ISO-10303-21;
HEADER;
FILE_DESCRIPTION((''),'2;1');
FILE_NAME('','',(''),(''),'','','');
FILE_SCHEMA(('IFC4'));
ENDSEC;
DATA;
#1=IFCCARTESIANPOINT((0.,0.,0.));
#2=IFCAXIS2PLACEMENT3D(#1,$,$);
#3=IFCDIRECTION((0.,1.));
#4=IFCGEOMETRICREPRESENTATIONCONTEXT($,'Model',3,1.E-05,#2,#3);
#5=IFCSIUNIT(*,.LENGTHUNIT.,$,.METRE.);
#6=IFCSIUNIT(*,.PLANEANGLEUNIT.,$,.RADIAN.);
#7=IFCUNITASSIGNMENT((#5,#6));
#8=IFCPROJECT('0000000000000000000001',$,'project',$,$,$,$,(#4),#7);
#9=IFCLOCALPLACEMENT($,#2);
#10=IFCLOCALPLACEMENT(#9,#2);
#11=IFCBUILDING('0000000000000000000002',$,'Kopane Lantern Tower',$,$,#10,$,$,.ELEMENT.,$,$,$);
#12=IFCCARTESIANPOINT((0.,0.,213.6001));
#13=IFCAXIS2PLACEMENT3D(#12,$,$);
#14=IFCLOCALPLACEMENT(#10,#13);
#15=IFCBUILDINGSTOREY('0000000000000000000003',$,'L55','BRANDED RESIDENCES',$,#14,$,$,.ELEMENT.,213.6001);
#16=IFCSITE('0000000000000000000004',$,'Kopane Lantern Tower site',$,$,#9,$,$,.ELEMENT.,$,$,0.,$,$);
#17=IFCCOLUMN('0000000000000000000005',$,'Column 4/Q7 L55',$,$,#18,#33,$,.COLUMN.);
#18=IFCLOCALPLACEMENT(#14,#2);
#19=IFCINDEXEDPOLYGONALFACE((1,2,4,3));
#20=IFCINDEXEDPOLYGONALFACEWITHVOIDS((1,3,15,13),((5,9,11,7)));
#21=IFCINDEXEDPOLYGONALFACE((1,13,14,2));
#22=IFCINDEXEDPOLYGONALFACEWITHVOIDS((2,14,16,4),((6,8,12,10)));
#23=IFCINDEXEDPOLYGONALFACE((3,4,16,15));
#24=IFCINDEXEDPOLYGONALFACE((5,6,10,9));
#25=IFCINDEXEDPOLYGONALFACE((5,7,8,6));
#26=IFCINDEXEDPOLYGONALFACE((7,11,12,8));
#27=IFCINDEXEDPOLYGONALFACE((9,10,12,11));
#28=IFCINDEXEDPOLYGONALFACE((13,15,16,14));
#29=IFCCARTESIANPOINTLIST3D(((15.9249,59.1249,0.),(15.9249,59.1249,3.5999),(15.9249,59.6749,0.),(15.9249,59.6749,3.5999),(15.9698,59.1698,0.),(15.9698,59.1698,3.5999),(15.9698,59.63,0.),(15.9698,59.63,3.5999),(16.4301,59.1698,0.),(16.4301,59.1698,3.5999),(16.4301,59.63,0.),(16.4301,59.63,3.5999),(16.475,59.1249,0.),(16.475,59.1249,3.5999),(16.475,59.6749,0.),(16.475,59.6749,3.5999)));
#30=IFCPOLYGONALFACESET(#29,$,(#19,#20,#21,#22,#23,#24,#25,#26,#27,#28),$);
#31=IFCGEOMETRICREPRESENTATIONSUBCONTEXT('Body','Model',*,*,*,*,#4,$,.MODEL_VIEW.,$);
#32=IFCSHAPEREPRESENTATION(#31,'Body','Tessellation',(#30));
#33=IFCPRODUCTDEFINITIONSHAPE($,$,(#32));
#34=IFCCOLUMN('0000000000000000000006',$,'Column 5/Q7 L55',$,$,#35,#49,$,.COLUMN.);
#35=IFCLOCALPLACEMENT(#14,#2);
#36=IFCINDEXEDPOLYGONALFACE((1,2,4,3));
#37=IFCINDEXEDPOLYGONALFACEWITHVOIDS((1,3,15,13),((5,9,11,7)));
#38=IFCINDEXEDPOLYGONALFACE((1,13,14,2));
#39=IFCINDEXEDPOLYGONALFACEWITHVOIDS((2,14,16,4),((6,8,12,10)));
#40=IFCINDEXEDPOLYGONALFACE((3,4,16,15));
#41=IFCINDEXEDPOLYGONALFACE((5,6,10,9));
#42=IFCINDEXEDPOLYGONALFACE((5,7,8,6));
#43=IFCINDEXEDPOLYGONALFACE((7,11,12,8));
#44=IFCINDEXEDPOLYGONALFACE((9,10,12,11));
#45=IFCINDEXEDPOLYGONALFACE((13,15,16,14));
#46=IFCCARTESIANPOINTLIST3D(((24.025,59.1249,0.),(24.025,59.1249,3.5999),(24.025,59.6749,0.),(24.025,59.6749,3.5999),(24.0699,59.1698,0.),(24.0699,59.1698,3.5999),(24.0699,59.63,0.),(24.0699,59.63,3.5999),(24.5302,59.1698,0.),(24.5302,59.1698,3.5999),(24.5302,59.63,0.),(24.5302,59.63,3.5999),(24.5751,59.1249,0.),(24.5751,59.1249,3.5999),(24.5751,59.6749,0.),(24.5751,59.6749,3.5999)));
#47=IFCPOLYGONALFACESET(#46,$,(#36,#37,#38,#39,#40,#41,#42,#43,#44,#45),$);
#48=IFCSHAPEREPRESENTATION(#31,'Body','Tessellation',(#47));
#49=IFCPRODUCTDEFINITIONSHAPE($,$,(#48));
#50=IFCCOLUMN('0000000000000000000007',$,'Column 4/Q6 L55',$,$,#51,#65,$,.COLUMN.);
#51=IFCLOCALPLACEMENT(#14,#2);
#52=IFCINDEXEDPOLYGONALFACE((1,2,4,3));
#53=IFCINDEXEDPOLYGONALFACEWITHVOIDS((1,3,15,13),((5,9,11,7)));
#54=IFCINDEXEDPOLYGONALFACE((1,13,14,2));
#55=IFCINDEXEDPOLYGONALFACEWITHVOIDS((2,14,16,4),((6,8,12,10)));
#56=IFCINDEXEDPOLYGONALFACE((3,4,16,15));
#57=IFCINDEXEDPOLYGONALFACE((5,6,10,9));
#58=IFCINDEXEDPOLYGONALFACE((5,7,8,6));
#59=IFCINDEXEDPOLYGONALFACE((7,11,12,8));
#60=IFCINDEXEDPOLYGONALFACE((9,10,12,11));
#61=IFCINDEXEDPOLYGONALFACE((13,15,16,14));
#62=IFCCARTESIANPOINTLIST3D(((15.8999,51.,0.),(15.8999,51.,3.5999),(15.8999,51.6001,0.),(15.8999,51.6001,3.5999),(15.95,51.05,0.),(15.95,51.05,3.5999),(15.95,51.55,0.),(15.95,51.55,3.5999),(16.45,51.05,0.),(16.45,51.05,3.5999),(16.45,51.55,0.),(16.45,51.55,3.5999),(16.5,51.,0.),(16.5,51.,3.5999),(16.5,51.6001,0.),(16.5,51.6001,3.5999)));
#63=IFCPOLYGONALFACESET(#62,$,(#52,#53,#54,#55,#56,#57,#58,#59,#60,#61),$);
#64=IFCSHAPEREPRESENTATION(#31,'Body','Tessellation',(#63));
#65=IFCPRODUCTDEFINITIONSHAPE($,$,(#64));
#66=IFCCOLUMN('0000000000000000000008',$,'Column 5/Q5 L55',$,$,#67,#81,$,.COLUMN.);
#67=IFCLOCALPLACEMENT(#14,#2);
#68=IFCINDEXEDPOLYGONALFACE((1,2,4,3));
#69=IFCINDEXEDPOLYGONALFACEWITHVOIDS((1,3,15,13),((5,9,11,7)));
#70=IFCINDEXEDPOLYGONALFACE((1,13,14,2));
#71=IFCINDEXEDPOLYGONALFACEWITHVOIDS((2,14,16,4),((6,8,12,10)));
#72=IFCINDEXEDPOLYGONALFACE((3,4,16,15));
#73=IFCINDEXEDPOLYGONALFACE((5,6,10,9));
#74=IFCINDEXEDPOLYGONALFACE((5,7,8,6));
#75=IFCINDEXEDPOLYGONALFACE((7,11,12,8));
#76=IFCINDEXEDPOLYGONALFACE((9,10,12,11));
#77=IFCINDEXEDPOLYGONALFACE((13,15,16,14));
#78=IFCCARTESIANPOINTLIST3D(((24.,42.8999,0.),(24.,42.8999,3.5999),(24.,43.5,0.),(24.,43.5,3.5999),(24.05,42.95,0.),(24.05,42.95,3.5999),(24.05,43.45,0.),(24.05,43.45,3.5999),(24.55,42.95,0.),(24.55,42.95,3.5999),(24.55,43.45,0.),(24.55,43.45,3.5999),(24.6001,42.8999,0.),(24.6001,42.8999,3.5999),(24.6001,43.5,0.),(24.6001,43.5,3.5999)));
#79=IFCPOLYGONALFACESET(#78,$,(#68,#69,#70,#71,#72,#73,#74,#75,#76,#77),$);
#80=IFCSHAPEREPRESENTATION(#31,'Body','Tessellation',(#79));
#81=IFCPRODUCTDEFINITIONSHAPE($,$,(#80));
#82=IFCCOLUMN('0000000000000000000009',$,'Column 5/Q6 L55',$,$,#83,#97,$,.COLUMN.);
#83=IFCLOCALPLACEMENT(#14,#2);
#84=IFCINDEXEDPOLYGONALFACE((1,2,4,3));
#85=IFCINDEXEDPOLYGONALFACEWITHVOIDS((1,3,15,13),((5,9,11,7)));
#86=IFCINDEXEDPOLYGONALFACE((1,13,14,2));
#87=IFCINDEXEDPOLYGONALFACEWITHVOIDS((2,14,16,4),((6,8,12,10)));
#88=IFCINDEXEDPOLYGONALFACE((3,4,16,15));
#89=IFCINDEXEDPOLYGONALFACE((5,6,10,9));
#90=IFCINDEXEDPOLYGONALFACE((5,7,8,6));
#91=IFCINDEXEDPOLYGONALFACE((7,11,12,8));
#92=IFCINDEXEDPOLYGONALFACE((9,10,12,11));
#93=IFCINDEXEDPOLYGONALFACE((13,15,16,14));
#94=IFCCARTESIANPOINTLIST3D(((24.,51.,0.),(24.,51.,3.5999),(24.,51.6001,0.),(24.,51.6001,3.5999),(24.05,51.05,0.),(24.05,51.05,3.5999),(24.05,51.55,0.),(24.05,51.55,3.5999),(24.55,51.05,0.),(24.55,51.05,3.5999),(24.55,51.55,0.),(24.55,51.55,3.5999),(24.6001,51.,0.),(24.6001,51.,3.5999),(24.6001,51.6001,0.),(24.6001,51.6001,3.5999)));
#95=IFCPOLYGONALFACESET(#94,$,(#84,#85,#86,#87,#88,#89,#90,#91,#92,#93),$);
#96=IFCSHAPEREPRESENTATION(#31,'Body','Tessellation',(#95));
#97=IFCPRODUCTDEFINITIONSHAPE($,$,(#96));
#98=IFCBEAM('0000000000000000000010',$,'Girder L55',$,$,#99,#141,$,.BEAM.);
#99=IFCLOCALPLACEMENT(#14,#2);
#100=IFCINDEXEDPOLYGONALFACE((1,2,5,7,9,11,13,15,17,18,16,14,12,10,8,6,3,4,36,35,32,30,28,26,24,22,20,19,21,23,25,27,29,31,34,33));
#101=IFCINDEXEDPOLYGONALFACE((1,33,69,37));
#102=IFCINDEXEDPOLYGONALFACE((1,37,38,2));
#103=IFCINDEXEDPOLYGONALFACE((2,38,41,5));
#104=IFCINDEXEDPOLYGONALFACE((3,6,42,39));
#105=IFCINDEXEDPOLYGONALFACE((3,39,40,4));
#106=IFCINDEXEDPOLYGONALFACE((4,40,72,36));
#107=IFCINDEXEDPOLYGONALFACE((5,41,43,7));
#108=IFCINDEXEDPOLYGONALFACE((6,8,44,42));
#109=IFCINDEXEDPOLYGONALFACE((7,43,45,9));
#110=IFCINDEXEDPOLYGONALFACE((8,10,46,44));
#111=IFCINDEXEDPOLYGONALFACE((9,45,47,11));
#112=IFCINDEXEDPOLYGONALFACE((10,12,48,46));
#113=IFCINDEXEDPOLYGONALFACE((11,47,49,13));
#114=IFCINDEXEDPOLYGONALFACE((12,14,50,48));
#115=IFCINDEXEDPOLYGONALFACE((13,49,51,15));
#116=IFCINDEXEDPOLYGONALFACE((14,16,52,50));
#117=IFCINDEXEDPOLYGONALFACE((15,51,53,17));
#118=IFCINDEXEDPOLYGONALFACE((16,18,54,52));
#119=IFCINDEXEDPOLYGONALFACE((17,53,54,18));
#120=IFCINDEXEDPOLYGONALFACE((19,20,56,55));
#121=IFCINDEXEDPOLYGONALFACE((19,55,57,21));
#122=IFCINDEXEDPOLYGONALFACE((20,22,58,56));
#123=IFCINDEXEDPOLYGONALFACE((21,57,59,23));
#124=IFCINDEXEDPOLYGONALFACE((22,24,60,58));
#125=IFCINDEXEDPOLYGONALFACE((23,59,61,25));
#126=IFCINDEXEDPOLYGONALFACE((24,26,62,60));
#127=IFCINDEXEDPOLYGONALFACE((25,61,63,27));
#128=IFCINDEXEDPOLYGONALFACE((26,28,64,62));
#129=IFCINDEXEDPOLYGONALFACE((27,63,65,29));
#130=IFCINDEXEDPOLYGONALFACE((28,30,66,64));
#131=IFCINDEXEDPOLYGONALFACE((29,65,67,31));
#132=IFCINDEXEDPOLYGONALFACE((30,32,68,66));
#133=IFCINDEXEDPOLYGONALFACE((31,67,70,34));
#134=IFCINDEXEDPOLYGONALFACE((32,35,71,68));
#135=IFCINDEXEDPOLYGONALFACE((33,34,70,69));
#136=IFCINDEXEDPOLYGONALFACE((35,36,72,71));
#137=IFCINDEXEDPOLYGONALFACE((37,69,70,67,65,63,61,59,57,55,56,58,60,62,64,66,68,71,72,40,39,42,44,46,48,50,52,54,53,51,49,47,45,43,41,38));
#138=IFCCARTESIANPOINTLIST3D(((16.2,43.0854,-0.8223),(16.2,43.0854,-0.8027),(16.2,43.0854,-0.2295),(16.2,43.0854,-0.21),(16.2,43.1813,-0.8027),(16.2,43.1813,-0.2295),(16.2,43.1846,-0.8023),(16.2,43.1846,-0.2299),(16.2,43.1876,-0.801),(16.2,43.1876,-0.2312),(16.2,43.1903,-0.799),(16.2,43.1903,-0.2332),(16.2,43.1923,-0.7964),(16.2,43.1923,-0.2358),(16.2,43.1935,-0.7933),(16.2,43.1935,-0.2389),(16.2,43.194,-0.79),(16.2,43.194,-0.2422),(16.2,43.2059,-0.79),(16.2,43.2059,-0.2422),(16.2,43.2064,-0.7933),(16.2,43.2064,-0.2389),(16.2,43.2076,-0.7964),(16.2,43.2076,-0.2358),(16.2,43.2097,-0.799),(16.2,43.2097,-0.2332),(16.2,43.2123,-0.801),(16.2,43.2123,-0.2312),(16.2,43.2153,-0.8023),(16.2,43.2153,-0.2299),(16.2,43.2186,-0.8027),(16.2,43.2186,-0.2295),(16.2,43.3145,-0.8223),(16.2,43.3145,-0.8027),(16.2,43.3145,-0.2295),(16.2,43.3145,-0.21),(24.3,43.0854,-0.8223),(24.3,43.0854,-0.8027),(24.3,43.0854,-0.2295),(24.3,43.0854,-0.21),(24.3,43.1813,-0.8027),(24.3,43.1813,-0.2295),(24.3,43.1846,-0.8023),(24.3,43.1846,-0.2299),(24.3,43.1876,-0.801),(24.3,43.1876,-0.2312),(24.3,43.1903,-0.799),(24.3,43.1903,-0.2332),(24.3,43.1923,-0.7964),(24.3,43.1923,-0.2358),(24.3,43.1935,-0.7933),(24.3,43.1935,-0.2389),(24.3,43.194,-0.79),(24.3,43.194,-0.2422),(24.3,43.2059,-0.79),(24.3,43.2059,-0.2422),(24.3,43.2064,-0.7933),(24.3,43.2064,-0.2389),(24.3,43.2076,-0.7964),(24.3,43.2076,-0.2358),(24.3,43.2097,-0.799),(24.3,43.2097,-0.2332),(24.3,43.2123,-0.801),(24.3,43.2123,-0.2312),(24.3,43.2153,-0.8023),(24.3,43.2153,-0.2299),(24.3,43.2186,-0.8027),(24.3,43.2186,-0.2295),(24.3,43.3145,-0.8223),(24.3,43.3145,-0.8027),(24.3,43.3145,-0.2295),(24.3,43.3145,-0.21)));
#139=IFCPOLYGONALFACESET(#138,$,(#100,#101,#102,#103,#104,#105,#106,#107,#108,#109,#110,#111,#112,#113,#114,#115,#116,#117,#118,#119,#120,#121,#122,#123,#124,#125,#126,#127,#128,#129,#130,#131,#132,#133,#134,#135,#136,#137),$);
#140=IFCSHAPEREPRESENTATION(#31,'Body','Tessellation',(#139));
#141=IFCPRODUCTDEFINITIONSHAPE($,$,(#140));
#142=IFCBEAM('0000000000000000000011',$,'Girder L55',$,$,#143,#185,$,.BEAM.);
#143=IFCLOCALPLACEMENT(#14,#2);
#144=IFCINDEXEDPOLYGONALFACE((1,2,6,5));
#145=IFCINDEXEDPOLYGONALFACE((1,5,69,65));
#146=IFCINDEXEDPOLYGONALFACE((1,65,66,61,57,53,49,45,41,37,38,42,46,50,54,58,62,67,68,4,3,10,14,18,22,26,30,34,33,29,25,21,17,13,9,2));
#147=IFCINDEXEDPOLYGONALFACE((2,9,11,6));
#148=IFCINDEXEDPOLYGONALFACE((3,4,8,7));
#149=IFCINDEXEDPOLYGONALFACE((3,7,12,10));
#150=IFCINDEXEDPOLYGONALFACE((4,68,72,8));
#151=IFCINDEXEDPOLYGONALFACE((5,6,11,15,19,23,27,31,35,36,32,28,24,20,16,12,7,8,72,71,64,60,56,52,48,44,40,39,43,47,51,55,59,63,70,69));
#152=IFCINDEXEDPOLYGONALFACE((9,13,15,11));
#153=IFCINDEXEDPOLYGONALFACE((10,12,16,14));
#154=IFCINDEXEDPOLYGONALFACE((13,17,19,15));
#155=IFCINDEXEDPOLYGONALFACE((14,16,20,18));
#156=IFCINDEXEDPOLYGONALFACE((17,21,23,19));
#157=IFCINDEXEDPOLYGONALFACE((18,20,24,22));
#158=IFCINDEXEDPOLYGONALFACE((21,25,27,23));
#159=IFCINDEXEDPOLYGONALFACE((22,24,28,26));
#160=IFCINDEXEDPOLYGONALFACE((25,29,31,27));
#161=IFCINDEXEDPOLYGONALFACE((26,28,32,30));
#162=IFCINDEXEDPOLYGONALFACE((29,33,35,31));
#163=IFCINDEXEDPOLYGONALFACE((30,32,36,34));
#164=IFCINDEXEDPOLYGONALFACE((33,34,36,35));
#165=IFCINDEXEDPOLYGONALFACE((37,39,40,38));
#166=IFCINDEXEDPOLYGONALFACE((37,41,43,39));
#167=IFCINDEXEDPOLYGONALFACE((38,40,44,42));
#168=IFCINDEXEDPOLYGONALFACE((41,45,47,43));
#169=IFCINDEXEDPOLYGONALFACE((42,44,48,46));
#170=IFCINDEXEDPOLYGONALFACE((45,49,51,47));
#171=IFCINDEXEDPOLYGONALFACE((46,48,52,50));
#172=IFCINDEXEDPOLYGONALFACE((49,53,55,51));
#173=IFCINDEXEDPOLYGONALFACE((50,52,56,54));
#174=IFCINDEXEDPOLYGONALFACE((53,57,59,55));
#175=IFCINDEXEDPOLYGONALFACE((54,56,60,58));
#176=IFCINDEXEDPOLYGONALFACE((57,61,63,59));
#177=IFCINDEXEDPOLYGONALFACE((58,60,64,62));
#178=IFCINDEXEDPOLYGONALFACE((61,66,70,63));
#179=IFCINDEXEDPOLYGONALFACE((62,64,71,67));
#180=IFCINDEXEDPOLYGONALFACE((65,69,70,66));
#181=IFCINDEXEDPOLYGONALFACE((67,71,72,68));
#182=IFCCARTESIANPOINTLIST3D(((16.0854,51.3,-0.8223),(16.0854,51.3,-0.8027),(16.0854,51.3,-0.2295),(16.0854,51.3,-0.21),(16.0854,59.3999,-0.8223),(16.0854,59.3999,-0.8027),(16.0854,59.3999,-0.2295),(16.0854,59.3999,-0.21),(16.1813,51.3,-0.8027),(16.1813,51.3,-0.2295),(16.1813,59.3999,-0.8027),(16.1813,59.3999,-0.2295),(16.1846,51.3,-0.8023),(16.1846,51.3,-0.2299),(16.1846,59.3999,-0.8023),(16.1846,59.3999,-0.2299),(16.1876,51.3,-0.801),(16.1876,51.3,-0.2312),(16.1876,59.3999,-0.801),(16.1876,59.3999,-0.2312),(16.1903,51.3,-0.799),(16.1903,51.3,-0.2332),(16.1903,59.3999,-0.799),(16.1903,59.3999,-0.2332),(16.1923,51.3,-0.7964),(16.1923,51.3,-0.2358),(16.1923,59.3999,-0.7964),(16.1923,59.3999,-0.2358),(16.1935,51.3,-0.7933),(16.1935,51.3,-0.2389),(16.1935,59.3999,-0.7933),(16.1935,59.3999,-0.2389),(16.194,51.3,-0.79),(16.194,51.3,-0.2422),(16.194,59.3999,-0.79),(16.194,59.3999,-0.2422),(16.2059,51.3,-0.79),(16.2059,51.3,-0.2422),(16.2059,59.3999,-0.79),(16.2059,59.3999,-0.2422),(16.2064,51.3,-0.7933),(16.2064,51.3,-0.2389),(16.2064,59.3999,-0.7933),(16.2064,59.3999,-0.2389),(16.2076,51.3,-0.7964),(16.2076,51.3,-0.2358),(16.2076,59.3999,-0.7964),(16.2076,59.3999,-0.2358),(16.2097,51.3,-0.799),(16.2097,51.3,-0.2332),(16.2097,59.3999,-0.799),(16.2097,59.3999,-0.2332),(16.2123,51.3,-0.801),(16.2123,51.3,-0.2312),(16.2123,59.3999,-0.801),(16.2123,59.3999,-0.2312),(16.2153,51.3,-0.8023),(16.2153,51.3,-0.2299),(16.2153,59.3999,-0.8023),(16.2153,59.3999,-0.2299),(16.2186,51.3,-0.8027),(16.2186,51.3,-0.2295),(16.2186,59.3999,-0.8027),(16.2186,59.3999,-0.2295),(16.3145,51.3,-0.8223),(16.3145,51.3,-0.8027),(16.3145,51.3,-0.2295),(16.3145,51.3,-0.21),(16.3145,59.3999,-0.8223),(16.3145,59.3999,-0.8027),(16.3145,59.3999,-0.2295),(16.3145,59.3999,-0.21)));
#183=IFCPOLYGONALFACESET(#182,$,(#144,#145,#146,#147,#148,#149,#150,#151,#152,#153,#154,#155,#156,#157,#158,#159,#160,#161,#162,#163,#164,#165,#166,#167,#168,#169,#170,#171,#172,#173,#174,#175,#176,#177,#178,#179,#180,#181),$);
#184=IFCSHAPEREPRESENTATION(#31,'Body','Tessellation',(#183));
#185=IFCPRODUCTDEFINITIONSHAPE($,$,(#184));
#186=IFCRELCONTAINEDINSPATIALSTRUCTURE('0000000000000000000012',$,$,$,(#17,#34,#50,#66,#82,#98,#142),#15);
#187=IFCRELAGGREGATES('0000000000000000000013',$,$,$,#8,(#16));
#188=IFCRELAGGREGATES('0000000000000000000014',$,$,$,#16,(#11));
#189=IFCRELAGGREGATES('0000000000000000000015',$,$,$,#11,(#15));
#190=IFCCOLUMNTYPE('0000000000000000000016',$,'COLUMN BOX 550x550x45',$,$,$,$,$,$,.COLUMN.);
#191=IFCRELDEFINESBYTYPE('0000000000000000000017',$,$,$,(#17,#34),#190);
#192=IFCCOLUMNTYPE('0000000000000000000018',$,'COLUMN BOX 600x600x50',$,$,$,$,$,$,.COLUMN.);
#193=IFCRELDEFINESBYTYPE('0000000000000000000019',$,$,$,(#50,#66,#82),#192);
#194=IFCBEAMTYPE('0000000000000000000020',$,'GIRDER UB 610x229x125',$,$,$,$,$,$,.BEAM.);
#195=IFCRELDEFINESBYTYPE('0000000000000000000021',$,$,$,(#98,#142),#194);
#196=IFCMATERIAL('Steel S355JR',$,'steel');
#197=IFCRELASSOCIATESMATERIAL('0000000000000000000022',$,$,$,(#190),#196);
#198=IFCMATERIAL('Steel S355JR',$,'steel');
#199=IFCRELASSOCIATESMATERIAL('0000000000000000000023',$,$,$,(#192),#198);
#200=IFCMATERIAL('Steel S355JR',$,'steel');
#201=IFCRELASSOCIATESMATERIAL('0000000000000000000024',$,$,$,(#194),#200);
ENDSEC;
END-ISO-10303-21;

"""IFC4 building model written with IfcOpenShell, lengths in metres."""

from ifc_helpers import new_model, si_unit, direction, frame, origin, origin_2d, place, context, subcontext, project, spatial, hollow_rectangle, i_section, extrude, material, material_profile, profile_set, type_object, element, save


model = new_model("IFC4")

# Units and contexts
model_context = context("Model", 3, precision=1e-05, world=origin(), true_north=direction((0.0, 1.0)))
body_context = subcontext(model_context, "Body", "Model", "MODEL_VIEW")
ifc_project = project(units=[si_unit("LENGTHUNIT", "METRE"), si_unit("PLANEANGLEUNIT", "RADIAN")], contexts=[model_context])

# Site, building, storey
site_placement = place(None, origin())
site = spatial("IfcSite", under=ifc_project, at=site_placement, Name="Kopane Lantern Tower site", CompositionType="ELEMENT", RefElevation=0.0)
building_placement = place(site_placement, origin())
building = spatial("IfcBuilding", under=site, at=building_placement, Name="Kopane Lantern Tower", CompositionType="ELEMENT")
storey_placement = place(building_placement, frame((0.0, 0.0, 213.6001)))
storey = spatial("IfcBuildingStorey", under=building, at=storey_placement, Name="L55", Description="BRANDED RESIDENCES", CompositionType="ELEMENT", Elevation=213.6001)

# Columns
ifc_material_1 = material(Name="Steel S355JR", Category="steel")
ifc_material_profile_1 = material_profile(ifc_material_1, hollow_rectangle(XDim=0.55, YDim=0.55, WallThickness=0.0449, at=origin_2d()), Name="BOX 550x550x45")
ifc_profile_set_1 = profile_set([ifc_material_profile_1], Name="Steel S355JR")
column_type_1 = type_object("IfcColumnType", Name="COLUMN BOX 550x550x45", PredefinedType="COLUMN", material=ifc_profile_set_1)
for number, where, z_axis, x_axis, name in (
    (1, (16.2, 59.3999, 0.0), (0.0, 0.0, 1.0), (1.0, 0.0, 0.0), "Column 4/Q7 L55"),
    (2, (24.3, 59.3999, 0.0), (0.0, 0.0, 1.0), (1.0, 0.0, 0.0), "Column 5/Q7 L55"),
):
    element("IfcColumn", number, at=place(storey_placement, frame(where, z_axis=z_axis, x_axis=x_axis)), inside=storey, type_object=column_type_1, Name=name, PredefinedType="COLUMN", context=body_context, shape_type="SweptSolid", body=[
        extrude(hollow_rectangle(XDim=0.55, YDim=0.55, WallThickness=0.0449, at=origin_2d()), origin(), (0.0, 0.0, 1.0), 3.5999),
    ])
ifc_material_2 = material(Name="Steel S355JR", Category="steel")
ifc_material_profile_2 = material_profile(ifc_material_2, hollow_rectangle(XDim=0.6001, YDim=0.6001, WallThickness=0.05, at=origin_2d()), Name="BOX 600x600x50")
ifc_profile_set_2 = profile_set([ifc_material_profile_2], Name="Steel S355JR")
column_type_2 = type_object("IfcColumnType", Name="COLUMN BOX 600x600x50", PredefinedType="COLUMN", material=ifc_profile_set_2)
for number, where, z_axis, x_axis, name in (
    (3, (16.2, 51.3, 0.0), (0.0, 0.0, 1.0), (1.0, 0.0, 0.0), "Column 4/Q6 L55"),
    (4, (24.3, 43.2, 0.0), (0.0, 0.0, 1.0), (1.0, 0.0, 0.0), "Column 5/Q5 L55"),
    (5, (24.3, 51.3, 0.0), (0.0, 0.0, 1.0), (1.0, 0.0, 0.0), "Column 5/Q6 L55"),
):
    element("IfcColumn", number, at=place(storey_placement, frame(where, z_axis=z_axis, x_axis=x_axis)), inside=storey, type_object=column_type_2, Name=name, PredefinedType="COLUMN", context=body_context, shape_type="SweptSolid", body=[
        extrude(hollow_rectangle(XDim=0.6001, YDim=0.6001, WallThickness=0.05, at=origin_2d()), origin(), (0.0, 0.0, 1.0), 3.5999),
    ])

# Beams
ifc_material_3 = material(Name="Steel S355JR", Category="steel")
ifc_material_profile_3 = material_profile(ifc_material_3, i_section(OverallWidth=0.229, OverallDepth=0.6123, WebThickness=0.012, FlangeThickness=0.0195, FilletRadius=0.0127, at=origin_2d()), Name="UB 610x229x125")
ifc_profile_set_3 = profile_set([ifc_material_profile_3], Name="Steel S355JR")
beam_type = type_object("IfcBeamType", Name="GIRDER UB 610x229x125", PredefinedType="BEAM", material=ifc_profile_set_3)
beam_1_placement = place(storey_placement, frame((16.2, 43.2, -0.5161), z_axis=(1.0, 0.0, 0.0), x_axis=(0.0, 1.0, 0.0)))
element("IfcBeam", 6, at=beam_1_placement, inside=storey, type_object=beam_type, Name="Girder L55", PredefinedType="BEAM", context=body_context, shape_type="SweptSolid", body=[
    extrude(i_section(OverallWidth=0.229, OverallDepth=0.6123, WebThickness=0.012, FlangeThickness=0.0195, FilletRadius=0.0127, at=origin_2d()), origin(), (0.0, 0.0, 1.0), 8.1001),
])
beam_2_placement = place(storey_placement, frame((16.2, 51.3, -0.5161), z_axis=(0.0, 1.0, 0.0), x_axis=(-1.0, 0.0, 0.0)))
element("IfcBeam", 7, at=beam_2_placement, inside=storey, type_object=beam_type, Name="Girder L55", PredefinedType="BEAM", context=body_context, shape_type="SweptSolid", body=[
    extrude(i_section(OverallWidth=0.229, OverallDepth=0.6123, WebThickness=0.012, FlangeThickness=0.0195, FilletRadius=0.0127, at=origin_2d()), origin(), (0.0, 0.0, 1.0), 8.0999),
])

save(model, "model.ifc")
